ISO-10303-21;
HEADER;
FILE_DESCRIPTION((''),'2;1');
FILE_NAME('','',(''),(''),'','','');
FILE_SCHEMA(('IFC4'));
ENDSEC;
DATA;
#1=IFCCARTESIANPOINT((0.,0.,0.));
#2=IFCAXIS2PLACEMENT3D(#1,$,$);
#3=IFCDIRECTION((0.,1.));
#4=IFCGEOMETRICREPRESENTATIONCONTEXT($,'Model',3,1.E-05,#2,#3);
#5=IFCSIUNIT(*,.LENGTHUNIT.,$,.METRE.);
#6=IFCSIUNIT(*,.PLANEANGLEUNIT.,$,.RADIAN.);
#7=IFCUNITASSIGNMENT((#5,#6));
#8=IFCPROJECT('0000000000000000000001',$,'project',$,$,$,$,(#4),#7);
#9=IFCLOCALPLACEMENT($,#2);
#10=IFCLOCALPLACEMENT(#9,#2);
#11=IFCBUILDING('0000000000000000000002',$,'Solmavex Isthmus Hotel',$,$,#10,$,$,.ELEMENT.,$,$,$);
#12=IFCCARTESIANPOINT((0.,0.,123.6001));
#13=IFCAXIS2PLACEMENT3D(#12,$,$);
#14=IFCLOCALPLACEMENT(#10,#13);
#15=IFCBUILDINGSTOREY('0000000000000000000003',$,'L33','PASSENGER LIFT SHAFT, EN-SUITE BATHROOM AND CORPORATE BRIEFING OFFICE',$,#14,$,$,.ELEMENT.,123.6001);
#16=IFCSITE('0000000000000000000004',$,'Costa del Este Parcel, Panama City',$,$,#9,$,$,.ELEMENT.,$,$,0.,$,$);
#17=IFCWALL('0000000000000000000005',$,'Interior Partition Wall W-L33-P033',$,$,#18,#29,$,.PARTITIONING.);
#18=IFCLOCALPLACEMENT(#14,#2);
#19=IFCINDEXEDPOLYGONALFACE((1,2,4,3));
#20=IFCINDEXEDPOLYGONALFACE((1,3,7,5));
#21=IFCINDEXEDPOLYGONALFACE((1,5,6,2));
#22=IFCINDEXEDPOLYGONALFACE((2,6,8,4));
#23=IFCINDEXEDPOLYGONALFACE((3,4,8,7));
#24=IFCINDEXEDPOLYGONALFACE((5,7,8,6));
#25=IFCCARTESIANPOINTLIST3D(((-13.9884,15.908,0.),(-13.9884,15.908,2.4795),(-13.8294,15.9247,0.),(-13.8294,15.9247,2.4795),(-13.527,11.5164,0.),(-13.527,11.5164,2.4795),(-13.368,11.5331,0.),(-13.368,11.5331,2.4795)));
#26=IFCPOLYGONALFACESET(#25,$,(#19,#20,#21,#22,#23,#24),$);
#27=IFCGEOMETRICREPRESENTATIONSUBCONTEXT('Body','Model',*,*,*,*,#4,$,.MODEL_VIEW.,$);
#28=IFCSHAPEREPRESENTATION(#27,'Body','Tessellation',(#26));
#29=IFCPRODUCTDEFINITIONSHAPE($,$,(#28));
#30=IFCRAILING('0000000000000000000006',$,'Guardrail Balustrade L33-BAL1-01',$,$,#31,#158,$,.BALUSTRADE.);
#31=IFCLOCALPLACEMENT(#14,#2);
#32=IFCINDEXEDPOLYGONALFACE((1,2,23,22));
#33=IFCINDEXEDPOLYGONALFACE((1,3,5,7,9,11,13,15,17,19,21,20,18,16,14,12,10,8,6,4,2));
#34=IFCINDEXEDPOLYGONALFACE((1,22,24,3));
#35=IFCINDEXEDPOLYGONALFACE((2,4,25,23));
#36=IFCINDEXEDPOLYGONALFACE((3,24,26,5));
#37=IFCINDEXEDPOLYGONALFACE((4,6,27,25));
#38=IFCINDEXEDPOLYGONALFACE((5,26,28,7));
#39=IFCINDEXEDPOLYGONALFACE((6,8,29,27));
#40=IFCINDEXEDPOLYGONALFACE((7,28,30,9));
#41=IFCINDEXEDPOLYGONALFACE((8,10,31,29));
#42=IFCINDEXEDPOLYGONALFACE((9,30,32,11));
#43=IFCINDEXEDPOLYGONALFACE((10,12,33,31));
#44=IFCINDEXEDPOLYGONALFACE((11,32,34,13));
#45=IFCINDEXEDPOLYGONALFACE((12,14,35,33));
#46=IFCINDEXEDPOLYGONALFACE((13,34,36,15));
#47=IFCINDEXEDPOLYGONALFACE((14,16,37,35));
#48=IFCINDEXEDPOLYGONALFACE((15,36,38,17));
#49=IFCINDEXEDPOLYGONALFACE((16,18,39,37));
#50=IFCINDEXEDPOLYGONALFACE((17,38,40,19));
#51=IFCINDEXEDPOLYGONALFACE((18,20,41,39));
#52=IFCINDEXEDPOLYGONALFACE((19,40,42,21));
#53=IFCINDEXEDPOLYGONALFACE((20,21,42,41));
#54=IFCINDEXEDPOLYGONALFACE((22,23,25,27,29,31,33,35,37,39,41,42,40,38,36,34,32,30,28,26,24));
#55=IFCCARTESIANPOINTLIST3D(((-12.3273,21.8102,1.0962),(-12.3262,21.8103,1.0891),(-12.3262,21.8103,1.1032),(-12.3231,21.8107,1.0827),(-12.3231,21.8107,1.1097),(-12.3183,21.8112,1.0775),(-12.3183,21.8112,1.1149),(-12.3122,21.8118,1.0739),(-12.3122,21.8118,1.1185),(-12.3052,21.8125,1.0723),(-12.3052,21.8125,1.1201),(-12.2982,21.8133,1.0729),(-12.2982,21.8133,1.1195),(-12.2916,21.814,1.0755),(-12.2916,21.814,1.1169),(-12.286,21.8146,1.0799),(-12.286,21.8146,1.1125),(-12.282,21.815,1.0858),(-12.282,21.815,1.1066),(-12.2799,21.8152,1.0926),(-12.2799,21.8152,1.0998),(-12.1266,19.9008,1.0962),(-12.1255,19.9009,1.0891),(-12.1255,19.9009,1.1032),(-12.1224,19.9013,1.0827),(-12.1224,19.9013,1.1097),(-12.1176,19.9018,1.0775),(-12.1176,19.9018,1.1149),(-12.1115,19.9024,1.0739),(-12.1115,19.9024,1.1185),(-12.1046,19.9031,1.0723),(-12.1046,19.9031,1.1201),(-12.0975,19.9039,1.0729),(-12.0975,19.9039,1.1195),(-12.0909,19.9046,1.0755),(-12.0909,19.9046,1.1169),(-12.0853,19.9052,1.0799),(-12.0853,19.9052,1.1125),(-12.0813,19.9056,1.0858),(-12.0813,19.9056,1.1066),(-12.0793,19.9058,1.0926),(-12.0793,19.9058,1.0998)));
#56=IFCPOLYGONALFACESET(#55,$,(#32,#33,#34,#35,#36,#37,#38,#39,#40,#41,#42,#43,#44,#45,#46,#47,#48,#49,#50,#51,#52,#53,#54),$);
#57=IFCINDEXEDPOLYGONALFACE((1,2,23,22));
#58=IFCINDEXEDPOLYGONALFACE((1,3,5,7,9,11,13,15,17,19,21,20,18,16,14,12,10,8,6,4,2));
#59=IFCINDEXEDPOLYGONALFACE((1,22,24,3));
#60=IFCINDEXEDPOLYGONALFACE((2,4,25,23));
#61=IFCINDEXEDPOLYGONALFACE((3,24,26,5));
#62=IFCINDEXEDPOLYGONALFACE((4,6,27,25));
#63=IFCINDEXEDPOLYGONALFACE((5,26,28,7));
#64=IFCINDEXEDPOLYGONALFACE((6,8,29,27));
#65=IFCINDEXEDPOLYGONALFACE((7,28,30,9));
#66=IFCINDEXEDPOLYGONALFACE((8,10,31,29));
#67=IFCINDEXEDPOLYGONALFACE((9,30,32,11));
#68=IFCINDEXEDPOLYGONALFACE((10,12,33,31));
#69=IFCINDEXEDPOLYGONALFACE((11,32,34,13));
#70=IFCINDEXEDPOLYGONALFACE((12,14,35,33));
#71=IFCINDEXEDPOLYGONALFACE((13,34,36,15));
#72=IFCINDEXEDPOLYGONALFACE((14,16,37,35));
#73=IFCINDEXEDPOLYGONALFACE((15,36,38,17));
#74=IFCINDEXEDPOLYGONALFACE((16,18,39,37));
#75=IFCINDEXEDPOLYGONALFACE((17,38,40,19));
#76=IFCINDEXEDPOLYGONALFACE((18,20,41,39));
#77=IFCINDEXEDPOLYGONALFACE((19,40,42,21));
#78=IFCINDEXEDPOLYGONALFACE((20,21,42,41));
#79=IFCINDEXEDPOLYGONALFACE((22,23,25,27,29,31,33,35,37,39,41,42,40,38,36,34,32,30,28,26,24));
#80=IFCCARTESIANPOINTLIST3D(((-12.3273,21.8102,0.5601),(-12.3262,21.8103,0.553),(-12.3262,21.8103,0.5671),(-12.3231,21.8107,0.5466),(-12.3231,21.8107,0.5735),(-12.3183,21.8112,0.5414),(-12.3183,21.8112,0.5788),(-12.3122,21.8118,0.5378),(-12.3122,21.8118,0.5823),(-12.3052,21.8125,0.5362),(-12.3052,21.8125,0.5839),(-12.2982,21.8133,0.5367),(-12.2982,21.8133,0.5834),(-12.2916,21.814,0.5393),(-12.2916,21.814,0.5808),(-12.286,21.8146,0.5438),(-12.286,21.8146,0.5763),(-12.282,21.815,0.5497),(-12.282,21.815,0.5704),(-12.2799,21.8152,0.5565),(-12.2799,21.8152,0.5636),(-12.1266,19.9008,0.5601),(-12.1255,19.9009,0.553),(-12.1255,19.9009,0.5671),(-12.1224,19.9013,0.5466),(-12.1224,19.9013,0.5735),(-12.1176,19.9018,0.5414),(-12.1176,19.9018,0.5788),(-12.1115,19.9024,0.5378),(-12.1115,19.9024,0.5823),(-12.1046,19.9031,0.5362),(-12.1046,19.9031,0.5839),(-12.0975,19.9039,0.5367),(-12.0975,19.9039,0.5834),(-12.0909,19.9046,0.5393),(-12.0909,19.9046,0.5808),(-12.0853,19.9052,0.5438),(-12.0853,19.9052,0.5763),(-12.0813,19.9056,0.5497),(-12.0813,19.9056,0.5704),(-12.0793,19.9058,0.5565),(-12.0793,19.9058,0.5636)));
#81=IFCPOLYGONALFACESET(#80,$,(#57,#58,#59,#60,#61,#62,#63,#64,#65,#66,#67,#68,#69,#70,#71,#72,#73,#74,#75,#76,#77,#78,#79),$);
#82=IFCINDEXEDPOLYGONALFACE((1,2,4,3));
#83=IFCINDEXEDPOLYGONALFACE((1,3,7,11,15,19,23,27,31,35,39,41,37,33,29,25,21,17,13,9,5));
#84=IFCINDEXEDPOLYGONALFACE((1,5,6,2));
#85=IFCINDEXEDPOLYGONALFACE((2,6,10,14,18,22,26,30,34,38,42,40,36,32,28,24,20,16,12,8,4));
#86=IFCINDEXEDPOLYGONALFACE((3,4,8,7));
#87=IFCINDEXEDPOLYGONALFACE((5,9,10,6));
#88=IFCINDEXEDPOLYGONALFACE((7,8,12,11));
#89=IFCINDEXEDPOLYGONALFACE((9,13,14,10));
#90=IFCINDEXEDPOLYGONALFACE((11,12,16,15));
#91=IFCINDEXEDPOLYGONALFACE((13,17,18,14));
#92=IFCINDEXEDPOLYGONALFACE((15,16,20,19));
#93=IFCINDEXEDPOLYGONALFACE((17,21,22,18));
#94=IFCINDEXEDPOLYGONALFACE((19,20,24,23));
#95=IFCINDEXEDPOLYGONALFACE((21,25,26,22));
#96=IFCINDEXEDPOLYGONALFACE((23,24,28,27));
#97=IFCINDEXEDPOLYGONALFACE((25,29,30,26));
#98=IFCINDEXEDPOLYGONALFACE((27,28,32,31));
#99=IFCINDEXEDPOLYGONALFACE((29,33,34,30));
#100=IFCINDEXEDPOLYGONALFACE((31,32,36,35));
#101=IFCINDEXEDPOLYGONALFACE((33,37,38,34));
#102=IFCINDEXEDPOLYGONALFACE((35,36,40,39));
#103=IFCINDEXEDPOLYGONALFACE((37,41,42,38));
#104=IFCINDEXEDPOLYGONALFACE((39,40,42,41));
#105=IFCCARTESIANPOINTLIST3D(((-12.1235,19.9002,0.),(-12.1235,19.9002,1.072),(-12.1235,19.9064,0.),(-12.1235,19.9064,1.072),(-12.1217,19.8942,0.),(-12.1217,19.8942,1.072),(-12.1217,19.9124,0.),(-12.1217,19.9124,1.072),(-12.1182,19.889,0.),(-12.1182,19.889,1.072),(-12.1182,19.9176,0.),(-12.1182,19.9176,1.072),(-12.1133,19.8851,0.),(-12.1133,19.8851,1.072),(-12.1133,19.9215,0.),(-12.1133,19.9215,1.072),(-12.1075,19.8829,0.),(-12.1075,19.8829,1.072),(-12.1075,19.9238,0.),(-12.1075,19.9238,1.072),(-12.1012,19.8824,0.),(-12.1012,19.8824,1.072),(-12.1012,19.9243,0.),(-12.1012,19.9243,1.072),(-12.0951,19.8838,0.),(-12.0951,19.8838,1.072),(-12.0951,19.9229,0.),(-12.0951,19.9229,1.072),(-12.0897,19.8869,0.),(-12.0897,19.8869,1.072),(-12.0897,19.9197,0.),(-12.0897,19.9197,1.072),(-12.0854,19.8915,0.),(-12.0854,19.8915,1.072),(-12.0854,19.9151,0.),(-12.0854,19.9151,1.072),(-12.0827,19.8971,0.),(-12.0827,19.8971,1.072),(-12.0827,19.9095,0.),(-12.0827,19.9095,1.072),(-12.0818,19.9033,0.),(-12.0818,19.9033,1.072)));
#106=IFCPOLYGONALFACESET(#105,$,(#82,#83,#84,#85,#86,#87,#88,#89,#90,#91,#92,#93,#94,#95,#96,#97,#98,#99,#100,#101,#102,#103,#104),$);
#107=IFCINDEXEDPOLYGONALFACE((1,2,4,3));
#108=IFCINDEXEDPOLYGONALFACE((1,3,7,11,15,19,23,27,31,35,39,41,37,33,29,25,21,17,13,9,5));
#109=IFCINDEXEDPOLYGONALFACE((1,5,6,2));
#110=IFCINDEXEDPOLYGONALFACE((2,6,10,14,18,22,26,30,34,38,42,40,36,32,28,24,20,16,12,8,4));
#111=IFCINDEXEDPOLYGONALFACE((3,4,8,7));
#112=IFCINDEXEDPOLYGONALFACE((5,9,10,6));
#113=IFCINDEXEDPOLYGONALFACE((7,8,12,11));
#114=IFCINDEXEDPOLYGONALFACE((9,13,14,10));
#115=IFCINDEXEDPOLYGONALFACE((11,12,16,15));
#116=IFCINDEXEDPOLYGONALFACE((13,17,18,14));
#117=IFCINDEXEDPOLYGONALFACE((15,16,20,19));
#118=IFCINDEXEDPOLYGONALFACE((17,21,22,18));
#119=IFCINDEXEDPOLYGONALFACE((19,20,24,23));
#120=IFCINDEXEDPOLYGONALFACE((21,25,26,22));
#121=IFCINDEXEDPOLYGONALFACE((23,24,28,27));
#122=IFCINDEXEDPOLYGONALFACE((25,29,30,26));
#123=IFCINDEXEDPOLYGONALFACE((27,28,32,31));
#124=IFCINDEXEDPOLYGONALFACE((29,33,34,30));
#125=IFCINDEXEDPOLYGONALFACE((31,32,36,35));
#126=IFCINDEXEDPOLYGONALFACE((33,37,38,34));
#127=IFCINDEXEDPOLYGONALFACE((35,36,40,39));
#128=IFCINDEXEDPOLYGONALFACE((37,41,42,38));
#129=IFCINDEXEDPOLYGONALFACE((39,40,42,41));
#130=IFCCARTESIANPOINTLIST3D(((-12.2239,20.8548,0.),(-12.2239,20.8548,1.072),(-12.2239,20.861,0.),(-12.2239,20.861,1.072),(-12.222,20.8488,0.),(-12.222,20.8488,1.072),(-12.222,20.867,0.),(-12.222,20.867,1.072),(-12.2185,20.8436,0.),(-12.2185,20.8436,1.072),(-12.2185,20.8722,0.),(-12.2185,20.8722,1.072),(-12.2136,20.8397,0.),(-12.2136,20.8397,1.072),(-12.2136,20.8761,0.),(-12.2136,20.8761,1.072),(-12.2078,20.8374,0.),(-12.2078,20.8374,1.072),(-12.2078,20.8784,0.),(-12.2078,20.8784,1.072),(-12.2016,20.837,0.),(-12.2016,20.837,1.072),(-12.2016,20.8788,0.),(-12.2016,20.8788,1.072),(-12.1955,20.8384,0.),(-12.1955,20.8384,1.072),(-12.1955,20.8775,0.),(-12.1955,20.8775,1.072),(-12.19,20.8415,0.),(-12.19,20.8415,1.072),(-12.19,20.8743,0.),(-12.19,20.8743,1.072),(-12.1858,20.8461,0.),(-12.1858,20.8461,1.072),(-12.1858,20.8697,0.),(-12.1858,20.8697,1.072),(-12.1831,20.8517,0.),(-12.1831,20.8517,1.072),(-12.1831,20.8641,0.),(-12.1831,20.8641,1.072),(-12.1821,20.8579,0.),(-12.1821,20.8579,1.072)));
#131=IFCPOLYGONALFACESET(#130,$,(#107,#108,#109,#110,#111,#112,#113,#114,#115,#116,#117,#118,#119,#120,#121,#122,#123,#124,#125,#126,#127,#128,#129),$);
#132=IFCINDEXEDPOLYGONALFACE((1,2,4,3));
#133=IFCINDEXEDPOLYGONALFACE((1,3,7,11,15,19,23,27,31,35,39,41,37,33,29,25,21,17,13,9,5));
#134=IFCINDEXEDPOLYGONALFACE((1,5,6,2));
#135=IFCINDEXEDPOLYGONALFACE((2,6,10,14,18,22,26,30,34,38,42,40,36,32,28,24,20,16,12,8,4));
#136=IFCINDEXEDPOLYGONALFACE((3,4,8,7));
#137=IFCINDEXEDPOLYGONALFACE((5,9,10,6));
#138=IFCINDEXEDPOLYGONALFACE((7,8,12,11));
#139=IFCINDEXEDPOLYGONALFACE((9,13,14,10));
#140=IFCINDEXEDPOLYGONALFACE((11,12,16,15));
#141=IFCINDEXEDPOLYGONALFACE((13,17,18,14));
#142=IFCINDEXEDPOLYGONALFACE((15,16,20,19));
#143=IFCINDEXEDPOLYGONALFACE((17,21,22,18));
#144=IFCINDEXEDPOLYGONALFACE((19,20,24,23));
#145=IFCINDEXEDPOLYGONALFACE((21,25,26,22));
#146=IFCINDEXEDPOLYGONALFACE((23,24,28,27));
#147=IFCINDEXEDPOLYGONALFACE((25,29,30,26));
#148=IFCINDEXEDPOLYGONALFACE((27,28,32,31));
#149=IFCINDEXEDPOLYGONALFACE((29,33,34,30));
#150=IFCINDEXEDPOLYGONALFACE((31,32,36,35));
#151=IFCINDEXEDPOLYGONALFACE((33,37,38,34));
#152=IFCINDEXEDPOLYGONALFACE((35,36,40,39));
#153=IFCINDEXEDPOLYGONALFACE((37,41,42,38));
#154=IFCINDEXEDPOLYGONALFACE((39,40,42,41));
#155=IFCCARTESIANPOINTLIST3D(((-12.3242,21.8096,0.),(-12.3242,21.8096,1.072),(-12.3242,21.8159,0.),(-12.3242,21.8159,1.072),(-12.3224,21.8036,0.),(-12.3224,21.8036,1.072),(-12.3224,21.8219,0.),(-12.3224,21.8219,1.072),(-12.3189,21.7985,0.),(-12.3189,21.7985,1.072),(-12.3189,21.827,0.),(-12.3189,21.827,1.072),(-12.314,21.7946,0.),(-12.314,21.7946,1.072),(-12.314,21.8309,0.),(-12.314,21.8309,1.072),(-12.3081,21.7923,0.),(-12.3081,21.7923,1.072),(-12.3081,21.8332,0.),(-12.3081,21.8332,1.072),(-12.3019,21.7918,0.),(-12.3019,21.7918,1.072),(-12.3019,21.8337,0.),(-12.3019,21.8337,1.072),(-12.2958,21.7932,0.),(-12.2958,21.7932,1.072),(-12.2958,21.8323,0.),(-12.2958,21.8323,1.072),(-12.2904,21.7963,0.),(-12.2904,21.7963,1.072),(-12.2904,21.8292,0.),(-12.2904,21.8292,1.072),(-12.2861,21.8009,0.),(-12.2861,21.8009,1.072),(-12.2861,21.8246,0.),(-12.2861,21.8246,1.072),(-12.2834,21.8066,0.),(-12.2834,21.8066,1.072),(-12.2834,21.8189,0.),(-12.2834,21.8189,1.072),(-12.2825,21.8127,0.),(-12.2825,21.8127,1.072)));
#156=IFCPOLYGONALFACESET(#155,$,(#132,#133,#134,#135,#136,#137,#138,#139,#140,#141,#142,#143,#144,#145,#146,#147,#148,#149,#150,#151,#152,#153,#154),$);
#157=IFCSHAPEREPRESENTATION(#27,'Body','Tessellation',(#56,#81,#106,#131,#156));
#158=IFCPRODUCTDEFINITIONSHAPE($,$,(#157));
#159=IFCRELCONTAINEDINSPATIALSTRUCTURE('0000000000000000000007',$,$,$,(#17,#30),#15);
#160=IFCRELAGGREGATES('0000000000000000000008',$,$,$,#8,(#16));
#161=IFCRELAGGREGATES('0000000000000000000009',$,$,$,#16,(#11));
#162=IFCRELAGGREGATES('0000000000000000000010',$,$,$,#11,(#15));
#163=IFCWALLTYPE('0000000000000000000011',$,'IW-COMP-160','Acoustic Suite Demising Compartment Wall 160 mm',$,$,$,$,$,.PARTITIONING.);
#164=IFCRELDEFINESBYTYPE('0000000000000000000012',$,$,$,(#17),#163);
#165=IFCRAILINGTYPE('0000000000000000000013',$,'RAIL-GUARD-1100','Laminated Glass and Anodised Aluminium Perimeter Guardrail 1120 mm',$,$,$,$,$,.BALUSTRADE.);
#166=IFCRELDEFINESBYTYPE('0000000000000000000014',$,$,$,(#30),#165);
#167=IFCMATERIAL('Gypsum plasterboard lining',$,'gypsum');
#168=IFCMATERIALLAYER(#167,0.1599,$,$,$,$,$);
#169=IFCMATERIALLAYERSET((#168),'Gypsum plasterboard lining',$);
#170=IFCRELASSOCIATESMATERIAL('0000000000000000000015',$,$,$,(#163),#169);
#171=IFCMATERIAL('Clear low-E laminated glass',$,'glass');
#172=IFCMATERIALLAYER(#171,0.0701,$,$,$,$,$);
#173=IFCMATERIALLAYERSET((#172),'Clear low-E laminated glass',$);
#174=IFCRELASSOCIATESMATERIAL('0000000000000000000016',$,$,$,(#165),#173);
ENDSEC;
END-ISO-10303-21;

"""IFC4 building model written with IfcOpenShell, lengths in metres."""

from ifc_helpers import new_model, si_unit, direction, frame, frame_2d, origin, origin_2d, place, context, subcontext, project, spatial, rectangle, circle, extrude, material, layer, layer_set, type_object, element, save


model = new_model("IFC4")

# Units and contexts
model_context = context("Model", 3, precision=1e-05, world=origin(), true_north=direction((0.0, 1.0)))
body_context = subcontext(model_context, "Body", "Model", "MODEL_VIEW")
ifc_project = project(units=[si_unit("LENGTHUNIT", "METRE"), si_unit("PLANEANGLEUNIT", "RADIAN")], contexts=[model_context])

# Site, building, storey
site_placement = place(None, origin())
site = spatial("IfcSite", under=ifc_project, at=site_placement, Name="Costa del Este Parcel, Panama City", CompositionType="ELEMENT", RefElevation=0.0)
building_placement = place(site_placement, origin())
building = spatial("IfcBuilding", under=site, at=building_placement, Name="Solmavex Isthmus Hotel", CompositionType="ELEMENT")
storey_placement = place(building_placement, frame((0.0, 0.0, 123.6001)))
storey = spatial("IfcBuildingStorey", under=building, at=storey_placement, Name="L33", Description="PASSENGER LIFT SHAFT, EN-SUITE BATHROOM AND CORPORATE BRIEFING OFFICE", CompositionType="ELEMENT", Elevation=123.6001)

# Shared definitions
ifc_material_1 = material(Name="Clear low-E laminated glass", Category="glass")

# Wall
ifc_material_2 = material(Name="Gypsum plasterboard lining", Category="gypsum")
ifc_layer_1 = layer(ifc_material_2, 0.1599)
ifc_layer_set_1 = layer_set([ifc_layer_1], Name="Gypsum plasterboard lining")
wall_type_1 = type_object("IfcWallType", Name="IW-COMP-160", Description="Acoustic Suite Demising Compartment Wall 160 mm", PredefinedType="PARTITIONING", material=ifc_layer_set_1)
wall_1_placement = place(storey_placement, frame((-13.9089, 15.9165, 0.0), z_axis=(0.0, 0.0, 1.0), x_axis=(0.104495, -0.994525, 0.0)))
element("IfcWall", 1, at=wall_1_placement, inside=storey, type_object=wall_type_1, Name="Interior Partition Wall W-L33-P033", PredefinedType="PARTITIONING", context=body_context, shape_type="SweptSolid", body=[
    extrude(rectangle(XDim=4.4158, YDim=0.1599, at=frame_2d((2.208, 0.0))), origin(), (0.0, 0.0, 1.0), 2.4795),
])

# Railing
ifc_layer_2 = layer(ifc_material_1, 0.0701)
ifc_layer_set_2 = layer_set([ifc_layer_2], Name="Clear low-E laminated glass")
railing_type = type_object("IfcRailingType", Name="RAIL-GUARD-1100", Description="Laminated Glass and Anodised Aluminium Perimeter Guardrail 1120 mm", PredefinedType="BALUSTRADE", material=ifc_layer_set_2)
railing_1_placement = place(storey_placement, frame((-12.1028, 19.9033, 0.0)))
element("IfcRailing", 2, at=railing_1_placement, inside=storey, type_object=railing_type, Name="Guardrail Balustrade L33-BAL1-01", PredefinedType="BALUSTRADE", context=body_context, shape_type="SweptSolid", body=[
    extrude(circle(Radius=0.0239, at=origin_2d()), frame((0.0, 0.0, 1.0962), z_axis=(-0.104526, 0.994522, 0.0), x_axis=(-0.994522, -0.104526, 0.0)), (0.0, 0.0, 1.0), 1.9199),
    extrude(circle(Radius=0.0239, at=origin_2d()), frame((0.0, 0.0, 0.5601), z_axis=(-0.104526, 0.994522, 0.0), x_axis=(-0.994522, -0.104526, 0.0)), (0.0, 0.0, 1.0), 1.9199),
    extrude(circle(Radius=0.021, at=origin_2d()), origin(), (0.0, 0.0, 1.0), 1.072),
    extrude(circle(Radius=0.021, at=origin_2d()), frame((-0.1003, 0.9546, 0.0)), (0.0, 0.0, 1.0), 1.072),
    extrude(circle(Radius=0.021, at=origin_2d()), frame((-0.2007, 1.9094, 0.0)), (0.0, 0.0, 1.0), 1.072),
])

save(model, "model.ifc")
